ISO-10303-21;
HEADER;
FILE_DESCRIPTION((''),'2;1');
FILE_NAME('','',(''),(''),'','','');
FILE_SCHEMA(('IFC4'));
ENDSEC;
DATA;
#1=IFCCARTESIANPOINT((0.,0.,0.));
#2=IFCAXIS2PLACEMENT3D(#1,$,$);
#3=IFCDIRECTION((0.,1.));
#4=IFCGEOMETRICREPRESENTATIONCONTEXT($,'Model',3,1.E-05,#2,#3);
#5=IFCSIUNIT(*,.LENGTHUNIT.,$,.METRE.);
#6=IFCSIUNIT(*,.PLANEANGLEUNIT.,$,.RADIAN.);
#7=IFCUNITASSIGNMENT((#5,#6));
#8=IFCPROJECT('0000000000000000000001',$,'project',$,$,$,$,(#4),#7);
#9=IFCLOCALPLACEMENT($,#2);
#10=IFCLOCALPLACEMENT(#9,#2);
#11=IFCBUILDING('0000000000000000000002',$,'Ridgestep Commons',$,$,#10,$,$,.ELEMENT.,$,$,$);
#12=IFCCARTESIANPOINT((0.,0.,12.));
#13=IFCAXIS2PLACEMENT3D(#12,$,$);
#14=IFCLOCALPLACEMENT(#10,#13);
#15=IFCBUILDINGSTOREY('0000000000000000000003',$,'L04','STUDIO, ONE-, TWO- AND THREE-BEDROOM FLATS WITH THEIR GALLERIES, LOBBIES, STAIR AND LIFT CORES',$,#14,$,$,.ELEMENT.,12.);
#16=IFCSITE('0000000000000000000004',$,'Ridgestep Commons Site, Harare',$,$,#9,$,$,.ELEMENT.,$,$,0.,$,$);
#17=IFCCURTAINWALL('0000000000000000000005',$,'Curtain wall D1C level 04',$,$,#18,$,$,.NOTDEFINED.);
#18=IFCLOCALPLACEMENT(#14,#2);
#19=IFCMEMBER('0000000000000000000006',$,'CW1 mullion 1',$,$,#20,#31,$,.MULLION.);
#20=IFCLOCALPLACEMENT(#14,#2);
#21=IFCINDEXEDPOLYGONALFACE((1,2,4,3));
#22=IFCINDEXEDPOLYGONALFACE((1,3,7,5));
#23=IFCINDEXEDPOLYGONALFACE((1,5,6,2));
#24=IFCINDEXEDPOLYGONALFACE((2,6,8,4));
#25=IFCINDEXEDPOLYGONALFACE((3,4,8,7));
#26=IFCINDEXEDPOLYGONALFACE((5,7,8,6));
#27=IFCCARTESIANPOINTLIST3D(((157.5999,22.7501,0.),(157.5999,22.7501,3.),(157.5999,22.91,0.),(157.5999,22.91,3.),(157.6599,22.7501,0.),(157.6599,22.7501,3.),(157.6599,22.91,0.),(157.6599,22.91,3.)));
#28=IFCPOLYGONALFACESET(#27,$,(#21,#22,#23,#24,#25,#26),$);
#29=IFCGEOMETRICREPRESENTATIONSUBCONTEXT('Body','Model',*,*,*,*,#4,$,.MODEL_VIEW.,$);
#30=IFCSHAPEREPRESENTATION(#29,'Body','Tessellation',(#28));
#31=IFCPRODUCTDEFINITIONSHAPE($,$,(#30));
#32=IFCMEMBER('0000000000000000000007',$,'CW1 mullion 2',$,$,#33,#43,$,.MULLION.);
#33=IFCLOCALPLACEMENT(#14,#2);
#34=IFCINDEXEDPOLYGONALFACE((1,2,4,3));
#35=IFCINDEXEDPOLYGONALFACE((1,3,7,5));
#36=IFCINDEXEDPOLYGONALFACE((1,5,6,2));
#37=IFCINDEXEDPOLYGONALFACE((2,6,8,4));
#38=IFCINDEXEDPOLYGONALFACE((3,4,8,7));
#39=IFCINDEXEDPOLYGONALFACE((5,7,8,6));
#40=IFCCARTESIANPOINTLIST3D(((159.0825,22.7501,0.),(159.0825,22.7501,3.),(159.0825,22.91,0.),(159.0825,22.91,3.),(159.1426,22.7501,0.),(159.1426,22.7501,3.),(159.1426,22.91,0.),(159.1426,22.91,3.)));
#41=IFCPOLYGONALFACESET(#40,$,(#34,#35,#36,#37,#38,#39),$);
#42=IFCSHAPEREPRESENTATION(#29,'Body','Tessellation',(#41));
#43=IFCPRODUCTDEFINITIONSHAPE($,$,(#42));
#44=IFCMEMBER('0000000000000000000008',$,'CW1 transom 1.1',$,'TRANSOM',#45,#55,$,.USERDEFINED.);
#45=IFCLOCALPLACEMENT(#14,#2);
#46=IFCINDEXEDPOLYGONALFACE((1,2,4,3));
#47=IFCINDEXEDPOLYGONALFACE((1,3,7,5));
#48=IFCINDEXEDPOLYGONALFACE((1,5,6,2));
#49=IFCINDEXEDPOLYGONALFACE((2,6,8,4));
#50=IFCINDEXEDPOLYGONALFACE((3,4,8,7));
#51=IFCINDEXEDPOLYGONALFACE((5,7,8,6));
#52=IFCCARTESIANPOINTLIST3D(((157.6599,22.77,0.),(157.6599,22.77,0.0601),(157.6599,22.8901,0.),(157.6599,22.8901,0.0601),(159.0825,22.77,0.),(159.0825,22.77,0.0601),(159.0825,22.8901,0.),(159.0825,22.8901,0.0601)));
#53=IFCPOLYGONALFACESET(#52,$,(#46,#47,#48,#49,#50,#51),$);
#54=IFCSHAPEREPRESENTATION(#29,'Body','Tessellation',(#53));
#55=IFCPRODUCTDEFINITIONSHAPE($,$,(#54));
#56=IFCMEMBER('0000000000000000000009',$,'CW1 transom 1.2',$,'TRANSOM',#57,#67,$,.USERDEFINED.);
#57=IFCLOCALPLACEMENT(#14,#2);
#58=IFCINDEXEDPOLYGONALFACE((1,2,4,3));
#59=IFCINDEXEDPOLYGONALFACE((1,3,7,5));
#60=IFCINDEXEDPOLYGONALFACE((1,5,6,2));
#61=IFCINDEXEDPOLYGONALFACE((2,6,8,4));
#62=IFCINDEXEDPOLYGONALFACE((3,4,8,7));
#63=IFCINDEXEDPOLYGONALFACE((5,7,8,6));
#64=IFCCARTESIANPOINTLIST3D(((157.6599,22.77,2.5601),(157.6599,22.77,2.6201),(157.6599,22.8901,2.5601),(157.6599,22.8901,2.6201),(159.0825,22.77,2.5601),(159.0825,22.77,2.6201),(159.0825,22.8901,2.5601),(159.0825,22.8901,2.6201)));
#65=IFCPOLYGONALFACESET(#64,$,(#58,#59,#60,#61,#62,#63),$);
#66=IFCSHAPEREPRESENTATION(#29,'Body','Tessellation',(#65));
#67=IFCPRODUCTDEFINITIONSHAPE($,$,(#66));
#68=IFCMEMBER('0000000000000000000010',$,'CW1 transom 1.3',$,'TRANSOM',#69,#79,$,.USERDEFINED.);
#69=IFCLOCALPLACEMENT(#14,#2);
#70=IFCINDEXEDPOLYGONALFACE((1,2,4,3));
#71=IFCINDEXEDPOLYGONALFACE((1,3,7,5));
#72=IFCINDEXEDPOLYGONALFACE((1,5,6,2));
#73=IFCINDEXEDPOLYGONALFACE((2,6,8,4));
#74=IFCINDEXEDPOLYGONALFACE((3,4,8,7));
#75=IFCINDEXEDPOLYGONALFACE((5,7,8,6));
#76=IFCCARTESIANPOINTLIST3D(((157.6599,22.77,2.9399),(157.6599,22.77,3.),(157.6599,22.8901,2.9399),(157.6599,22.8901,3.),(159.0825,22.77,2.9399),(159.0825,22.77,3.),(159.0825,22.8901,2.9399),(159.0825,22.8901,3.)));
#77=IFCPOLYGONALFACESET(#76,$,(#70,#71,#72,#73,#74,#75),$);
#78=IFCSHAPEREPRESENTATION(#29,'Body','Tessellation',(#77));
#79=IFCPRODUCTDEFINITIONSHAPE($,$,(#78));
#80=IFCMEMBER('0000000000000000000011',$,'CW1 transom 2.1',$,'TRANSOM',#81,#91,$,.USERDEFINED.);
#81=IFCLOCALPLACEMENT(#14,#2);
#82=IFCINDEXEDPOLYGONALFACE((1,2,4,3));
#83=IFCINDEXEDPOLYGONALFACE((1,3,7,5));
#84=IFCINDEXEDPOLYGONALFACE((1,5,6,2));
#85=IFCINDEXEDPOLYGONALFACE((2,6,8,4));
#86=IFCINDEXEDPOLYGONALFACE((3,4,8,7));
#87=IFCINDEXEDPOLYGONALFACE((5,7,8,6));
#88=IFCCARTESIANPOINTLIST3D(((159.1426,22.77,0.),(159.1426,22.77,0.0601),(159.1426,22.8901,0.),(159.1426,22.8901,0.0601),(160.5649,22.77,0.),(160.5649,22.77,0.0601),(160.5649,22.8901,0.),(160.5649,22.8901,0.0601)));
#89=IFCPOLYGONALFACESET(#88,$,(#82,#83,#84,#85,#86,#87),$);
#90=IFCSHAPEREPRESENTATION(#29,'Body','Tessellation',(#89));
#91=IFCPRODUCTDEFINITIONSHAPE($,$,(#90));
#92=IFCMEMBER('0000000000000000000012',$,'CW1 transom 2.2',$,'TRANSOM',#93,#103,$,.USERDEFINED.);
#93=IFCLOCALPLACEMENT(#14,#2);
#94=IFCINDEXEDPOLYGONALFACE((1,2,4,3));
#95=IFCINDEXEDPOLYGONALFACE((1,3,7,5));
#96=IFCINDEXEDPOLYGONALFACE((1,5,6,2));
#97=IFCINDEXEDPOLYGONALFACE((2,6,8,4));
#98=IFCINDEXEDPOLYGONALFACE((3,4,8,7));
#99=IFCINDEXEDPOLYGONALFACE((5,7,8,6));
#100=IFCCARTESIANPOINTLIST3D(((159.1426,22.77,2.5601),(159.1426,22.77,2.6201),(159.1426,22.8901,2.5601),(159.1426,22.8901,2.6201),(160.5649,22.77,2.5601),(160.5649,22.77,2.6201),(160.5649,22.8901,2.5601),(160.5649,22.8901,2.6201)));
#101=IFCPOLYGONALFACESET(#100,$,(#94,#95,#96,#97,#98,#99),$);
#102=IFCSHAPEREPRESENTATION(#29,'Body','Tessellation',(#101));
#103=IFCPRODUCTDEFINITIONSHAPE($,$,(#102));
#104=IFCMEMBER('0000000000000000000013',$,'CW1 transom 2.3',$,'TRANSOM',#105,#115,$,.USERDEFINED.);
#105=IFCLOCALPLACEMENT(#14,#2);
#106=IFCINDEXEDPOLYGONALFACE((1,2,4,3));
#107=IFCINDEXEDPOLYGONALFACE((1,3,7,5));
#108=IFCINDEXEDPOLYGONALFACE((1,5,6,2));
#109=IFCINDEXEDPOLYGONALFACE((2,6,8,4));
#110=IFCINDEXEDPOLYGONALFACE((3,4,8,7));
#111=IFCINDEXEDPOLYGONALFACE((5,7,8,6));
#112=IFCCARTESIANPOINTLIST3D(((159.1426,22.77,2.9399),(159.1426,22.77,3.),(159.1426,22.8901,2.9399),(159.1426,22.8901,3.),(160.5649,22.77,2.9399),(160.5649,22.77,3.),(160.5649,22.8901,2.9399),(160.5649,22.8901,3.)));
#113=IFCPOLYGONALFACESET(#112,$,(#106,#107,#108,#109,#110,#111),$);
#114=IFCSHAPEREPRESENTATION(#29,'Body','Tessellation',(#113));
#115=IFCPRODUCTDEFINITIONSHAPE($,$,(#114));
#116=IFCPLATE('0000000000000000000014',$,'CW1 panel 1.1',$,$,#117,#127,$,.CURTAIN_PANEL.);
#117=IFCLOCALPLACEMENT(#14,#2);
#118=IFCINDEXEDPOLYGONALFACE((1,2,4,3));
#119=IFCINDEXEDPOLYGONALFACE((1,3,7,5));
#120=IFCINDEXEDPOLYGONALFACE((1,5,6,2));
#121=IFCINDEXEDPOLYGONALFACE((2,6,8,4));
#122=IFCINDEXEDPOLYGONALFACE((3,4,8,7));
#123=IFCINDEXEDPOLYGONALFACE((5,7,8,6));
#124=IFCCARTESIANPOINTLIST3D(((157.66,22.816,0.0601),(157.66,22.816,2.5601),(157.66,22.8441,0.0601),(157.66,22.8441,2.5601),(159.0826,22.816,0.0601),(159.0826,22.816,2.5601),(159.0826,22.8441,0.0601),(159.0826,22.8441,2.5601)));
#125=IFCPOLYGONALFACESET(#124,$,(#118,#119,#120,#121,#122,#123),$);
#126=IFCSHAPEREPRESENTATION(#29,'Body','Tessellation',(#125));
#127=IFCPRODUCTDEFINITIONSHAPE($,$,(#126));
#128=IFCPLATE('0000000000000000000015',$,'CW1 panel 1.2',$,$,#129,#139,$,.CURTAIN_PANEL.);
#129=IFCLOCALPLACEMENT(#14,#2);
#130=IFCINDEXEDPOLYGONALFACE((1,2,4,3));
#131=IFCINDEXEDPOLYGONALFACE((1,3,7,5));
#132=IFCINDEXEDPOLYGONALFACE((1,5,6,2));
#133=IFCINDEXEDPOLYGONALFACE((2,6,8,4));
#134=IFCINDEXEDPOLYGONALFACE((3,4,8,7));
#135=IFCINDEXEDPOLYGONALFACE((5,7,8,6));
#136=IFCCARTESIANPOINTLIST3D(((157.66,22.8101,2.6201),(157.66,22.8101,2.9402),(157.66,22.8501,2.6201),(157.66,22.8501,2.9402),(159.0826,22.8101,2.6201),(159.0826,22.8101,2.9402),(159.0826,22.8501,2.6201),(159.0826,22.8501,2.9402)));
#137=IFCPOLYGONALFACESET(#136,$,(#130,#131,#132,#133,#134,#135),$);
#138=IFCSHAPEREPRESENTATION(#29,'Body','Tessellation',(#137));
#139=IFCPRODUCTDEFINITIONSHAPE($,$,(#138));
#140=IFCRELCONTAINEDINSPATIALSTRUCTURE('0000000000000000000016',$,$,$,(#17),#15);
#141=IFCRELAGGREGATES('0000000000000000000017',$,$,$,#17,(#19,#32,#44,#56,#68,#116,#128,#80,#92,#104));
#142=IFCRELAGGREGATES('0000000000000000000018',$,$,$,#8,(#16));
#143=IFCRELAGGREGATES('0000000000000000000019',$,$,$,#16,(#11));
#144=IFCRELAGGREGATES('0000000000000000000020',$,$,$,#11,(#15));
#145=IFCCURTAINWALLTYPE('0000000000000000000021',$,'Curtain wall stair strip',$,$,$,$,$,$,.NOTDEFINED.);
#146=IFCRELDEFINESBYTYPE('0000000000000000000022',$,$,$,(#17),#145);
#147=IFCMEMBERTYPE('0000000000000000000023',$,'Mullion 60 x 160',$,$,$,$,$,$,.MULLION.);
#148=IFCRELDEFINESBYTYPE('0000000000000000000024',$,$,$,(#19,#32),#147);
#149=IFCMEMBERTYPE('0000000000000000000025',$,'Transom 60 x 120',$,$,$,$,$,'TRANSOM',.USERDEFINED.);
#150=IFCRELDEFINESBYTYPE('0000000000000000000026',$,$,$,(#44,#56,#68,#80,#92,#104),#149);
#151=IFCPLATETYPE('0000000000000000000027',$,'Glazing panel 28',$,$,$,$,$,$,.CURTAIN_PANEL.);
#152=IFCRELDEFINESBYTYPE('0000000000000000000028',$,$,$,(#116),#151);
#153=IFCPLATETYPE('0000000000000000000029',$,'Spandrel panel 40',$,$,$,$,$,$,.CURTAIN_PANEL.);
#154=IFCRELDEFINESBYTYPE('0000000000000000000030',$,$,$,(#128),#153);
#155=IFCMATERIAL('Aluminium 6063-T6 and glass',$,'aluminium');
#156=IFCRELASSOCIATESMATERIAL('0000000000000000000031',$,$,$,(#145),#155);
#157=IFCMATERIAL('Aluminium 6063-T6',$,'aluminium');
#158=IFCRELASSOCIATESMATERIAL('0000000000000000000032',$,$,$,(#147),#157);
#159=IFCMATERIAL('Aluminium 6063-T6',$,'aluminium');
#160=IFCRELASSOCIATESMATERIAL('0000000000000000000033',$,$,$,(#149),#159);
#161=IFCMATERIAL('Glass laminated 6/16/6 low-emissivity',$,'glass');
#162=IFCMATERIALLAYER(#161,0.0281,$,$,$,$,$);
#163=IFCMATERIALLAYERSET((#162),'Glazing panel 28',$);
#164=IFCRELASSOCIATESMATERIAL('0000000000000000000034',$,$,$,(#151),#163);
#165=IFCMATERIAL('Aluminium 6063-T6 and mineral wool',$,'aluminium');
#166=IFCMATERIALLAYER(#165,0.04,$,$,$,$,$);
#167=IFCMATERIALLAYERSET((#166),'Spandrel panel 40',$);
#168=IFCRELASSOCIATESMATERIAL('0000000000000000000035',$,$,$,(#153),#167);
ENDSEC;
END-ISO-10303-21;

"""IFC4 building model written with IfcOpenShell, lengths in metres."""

from ifc_helpers import new_model, si_unit, direction, frame, origin, origin_2d, place, context, subcontext, project, spatial, rectangle, extrude, material, layer, layer_set, material_profile, profile_set, type_object, element, aggregate, save


model = new_model("IFC4")

# Units and contexts
model_context = context("Model", 3, precision=1e-05, world=origin(), true_north=direction((0.0, 1.0)))
body_context = subcontext(model_context, "Body", "Model", "MODEL_VIEW")
ifc_project = project(units=[si_unit("LENGTHUNIT", "METRE"), si_unit("PLANEANGLEUNIT", "RADIAN")], contexts=[model_context])

# Site, building, storey
site_placement = place(None, origin())
site = spatial("IfcSite", under=ifc_project, at=site_placement, Name="Ridgestep Commons Site, Harare", CompositionType="ELEMENT", RefElevation=0.0)
building_placement = place(site_placement, origin())
building = spatial("IfcBuilding", under=site, at=building_placement, Name="Ridgestep Commons", CompositionType="ELEMENT")
storey_placement = place(building_placement, frame((0.0, 0.0, 12.0)))
storey = spatial("IfcBuildingStorey", under=building, at=storey_placement, Name="L04", Description="STUDIO, ONE-, TWO- AND THREE-BEDROOM FLATS WITH THEIR GALLERIES, LOBBIES, STAIR AND LIFT CORES", CompositionType="ELEMENT", Elevation=12.0)

# Curtain wall, members, plates
ifc_material_1 = material(Name="Aluminium 6063-T6 and glass", Category="aluminium")
curtain_wall_type = type_object("IfcCurtainWallType", Name="Curtain wall stair strip", PredefinedType="NOTDEFINED", material=ifc_material_1)
curtain_wall_placement = place(storey_placement, origin())
curtain_wall = element("IfcCurtainWall", 1, at=curtain_wall_placement, inside=storey, type_object=curtain_wall_type, Name="Curtain wall D1C level 04", PredefinedType="NOTDEFINED")
ifc_material_2 = material(Name="Aluminium 6063-T6", Category="aluminium")
ifc_material_profile_1 = material_profile(ifc_material_2, rectangle(XDim=0.1599, YDim=0.0601, at=origin_2d()), Name="Mullion 60 x 160")
ifc_profile_set_1 = profile_set([ifc_material_profile_1], Name="Aluminium 6063-T6")
member_type_1 = type_object("IfcMemberType", Name="Mullion 60 x 160", PredefinedType="MULLION", material=ifc_profile_set_1)
member_1_placement = place(storey_placement, frame((157.6299, 22.8301, 0.0), z_axis=(0.0, 0.0, 1.0), x_axis=(0.0, 1.0, 0.0)))
member_1 = element("IfcMember", 2, at=member_1_placement, type_object=member_type_1, Name="CW1 mullion 1", PredefinedType="MULLION", context=body_context, shape_type="SweptSolid", body=[
    extrude(rectangle(XDim=0.1599, YDim=0.0601, at=origin_2d()), origin(), (0.0, 0.0, 1.0), 3.0),
])
member_2_placement = place(storey_placement, frame((159.1125, 22.8301, 0.0), z_axis=(0.0, 0.0, 1.0), x_axis=(0.0, 1.0, 0.0)))
member_2 = element("IfcMember", 3, at=member_2_placement, type_object=member_type_1, Name="CW1 mullion 2", PredefinedType="MULLION", context=body_context, shape_type="SweptSolid", body=[
    extrude(rectangle(XDim=0.1599, YDim=0.0601, at=origin_2d()), origin(), (0.0, 0.0, 1.0), 3.0),
])
ifc_material_3 = material(Name="Aluminium 6063-T6", Category="aluminium")
ifc_material_profile_2 = material_profile(ifc_material_3, rectangle(XDim=0.1201, YDim=0.0601, at=origin_2d()), Name="Transom 60 x 120")
ifc_profile_set_2 = profile_set([ifc_material_profile_2], Name="Aluminium 6063-T6")
member_type_2 = type_object("IfcMemberType", Name="Transom 60 x 120", ElementType="TRANSOM", PredefinedType="USERDEFINED", material=ifc_profile_set_2)
member_3_placement = place(storey_placement, frame((157.6599, 22.8301, 0.03), z_axis=(1.0, 0.0, 0.0), x_axis=(0.0, 1.0, 0.0)))
member_3 = element("IfcMember", 4, at=member_3_placement, type_object=member_type_2, Name="CW1 transom 1.1", ObjectType="TRANSOM", PredefinedType="USERDEFINED", context=body_context, shape_type="SweptSolid", body=[
    extrude(rectangle(XDim=0.1201, YDim=0.0601, at=origin_2d()), origin(), (0.0, 0.0, 1.0), 1.4226),
])
member_4_placement = place(storey_placement, frame((157.6599, 22.8301, 2.5901), z_axis=(1.0, 0.0, 0.0), x_axis=(0.0, 1.0, 0.0)))
member_4 = element("IfcMember", 5, at=member_4_placement, type_object=member_type_2, Name="CW1 transom 1.2", ObjectType="TRANSOM", PredefinedType="USERDEFINED", context=body_context, shape_type="SweptSolid", body=[
    extrude(rectangle(XDim=0.1201, YDim=0.0601, at=origin_2d()), origin(), (0.0, 0.0, 1.0), 1.4226),
])
member_5_placement = place(storey_placement, frame((157.6599, 22.8301, 2.97), z_axis=(1.0, 0.0, 0.0), x_axis=(0.0, 1.0, 0.0)))
member_5 = element("IfcMember", 6, at=member_5_placement, type_object=member_type_2, Name="CW1 transom 1.3", ObjectType="TRANSOM", PredefinedType="USERDEFINED", context=body_context, shape_type="SweptSolid", body=[
    extrude(rectangle(XDim=0.1201, YDim=0.0601, at=origin_2d()), origin(), (0.0, 0.0, 1.0), 1.4226),
])
member_6_placement = place(storey_placement, frame((159.1426, 22.8301, 0.03), z_axis=(1.0, 0.0, 0.0), x_axis=(0.0, 1.0, 0.0)))
member_6 = element("IfcMember", 7, at=member_6_placement, type_object=member_type_2, Name="CW1 transom 2.1", ObjectType="TRANSOM", PredefinedType="USERDEFINED", context=body_context, shape_type="SweptSolid", body=[
    extrude(rectangle(XDim=0.1201, YDim=0.0601, at=origin_2d()), origin(), (0.0, 0.0, 1.0), 1.4224),
])
member_7_placement = place(storey_placement, frame((159.1426, 22.8301, 2.5901), z_axis=(1.0, 0.0, 0.0), x_axis=(0.0, 1.0, 0.0)))
member_7 = element("IfcMember", 8, at=member_7_placement, type_object=member_type_2, Name="CW1 transom 2.2", ObjectType="TRANSOM", PredefinedType="USERDEFINED", context=body_context, shape_type="SweptSolid", body=[
    extrude(rectangle(XDim=0.1201, YDim=0.0601, at=origin_2d()), origin(), (0.0, 0.0, 1.0), 1.4224),
])
member_8_placement = place(storey_placement, frame((159.1426, 22.8301, 2.97), z_axis=(1.0, 0.0, 0.0), x_axis=(0.0, 1.0, 0.0)))
member_8 = element("IfcMember", 9, at=member_8_placement, type_object=member_type_2, Name="CW1 transom 2.3", ObjectType="TRANSOM", PredefinedType="USERDEFINED", context=body_context, shape_type="SweptSolid", body=[
    extrude(rectangle(XDim=0.1201, YDim=0.0601, at=origin_2d()), origin(), (0.0, 0.0, 1.0), 1.4224),
])
ifc_material_4 = material(Name="Glass laminated 6/16/6 low-emissivity", Category="glass")
ifc_layer_1 = layer(ifc_material_4, 0.0281)
ifc_layer_set_1 = layer_set([ifc_layer_1], Name="Glazing panel 28")
plate_type_1 = type_object("IfcPlateType", Name="Glazing panel 28", PredefinedType="CURTAIN_PANEL", material=ifc_layer_set_1)
plate_1_placement = place(storey_placement, frame((158.3713, 22.8301, 0.0601), z_axis=(0.0, 0.0, 1.0), x_axis=(1.0, 0.0, 0.0)))
plate_1 = element("IfcPlate", 10, at=plate_1_placement, type_object=plate_type_1, Name="CW1 panel 1.1", PredefinedType="CURTAIN_PANEL", context=body_context, shape_type="SweptSolid", body=[
    extrude(rectangle(XDim=1.4226, YDim=0.0281, at=origin_2d()), origin(), (0.0, 0.0, 1.0), 2.5),
])
ifc_material_5 = material(Name="Aluminium 6063-T6 and mineral wool", Category="aluminium")
ifc_layer_2 = layer(ifc_material_5, 0.04)
ifc_layer_set_2 = layer_set([ifc_layer_2], Name="Spandrel panel 40")
plate_type_2 = type_object("IfcPlateType", Name="Spandrel panel 40", PredefinedType="CURTAIN_PANEL", material=ifc_layer_set_2)
plate_2_placement = place(storey_placement, frame((158.3713, 22.8301, 2.6201), z_axis=(0.0, 0.0, 1.0), x_axis=(1.0, 0.0, 0.0)))
plate_2 = element("IfcPlate", 11, at=plate_2_placement, type_object=plate_type_2, Name="CW1 panel 1.2", PredefinedType="CURTAIN_PANEL", context=body_context, shape_type="SweptSolid", body=[
    extrude(rectangle(XDim=1.4226, YDim=0.04, at=origin_2d()), origin(), (0.0, 0.0, 1.0), 0.3201),
])
aggregate(curtain_wall, [member_1, member_2, member_3, member_4, member_5, plate_1, plate_2, member_6, member_7, member_8])

save(model, "model.ifc")
